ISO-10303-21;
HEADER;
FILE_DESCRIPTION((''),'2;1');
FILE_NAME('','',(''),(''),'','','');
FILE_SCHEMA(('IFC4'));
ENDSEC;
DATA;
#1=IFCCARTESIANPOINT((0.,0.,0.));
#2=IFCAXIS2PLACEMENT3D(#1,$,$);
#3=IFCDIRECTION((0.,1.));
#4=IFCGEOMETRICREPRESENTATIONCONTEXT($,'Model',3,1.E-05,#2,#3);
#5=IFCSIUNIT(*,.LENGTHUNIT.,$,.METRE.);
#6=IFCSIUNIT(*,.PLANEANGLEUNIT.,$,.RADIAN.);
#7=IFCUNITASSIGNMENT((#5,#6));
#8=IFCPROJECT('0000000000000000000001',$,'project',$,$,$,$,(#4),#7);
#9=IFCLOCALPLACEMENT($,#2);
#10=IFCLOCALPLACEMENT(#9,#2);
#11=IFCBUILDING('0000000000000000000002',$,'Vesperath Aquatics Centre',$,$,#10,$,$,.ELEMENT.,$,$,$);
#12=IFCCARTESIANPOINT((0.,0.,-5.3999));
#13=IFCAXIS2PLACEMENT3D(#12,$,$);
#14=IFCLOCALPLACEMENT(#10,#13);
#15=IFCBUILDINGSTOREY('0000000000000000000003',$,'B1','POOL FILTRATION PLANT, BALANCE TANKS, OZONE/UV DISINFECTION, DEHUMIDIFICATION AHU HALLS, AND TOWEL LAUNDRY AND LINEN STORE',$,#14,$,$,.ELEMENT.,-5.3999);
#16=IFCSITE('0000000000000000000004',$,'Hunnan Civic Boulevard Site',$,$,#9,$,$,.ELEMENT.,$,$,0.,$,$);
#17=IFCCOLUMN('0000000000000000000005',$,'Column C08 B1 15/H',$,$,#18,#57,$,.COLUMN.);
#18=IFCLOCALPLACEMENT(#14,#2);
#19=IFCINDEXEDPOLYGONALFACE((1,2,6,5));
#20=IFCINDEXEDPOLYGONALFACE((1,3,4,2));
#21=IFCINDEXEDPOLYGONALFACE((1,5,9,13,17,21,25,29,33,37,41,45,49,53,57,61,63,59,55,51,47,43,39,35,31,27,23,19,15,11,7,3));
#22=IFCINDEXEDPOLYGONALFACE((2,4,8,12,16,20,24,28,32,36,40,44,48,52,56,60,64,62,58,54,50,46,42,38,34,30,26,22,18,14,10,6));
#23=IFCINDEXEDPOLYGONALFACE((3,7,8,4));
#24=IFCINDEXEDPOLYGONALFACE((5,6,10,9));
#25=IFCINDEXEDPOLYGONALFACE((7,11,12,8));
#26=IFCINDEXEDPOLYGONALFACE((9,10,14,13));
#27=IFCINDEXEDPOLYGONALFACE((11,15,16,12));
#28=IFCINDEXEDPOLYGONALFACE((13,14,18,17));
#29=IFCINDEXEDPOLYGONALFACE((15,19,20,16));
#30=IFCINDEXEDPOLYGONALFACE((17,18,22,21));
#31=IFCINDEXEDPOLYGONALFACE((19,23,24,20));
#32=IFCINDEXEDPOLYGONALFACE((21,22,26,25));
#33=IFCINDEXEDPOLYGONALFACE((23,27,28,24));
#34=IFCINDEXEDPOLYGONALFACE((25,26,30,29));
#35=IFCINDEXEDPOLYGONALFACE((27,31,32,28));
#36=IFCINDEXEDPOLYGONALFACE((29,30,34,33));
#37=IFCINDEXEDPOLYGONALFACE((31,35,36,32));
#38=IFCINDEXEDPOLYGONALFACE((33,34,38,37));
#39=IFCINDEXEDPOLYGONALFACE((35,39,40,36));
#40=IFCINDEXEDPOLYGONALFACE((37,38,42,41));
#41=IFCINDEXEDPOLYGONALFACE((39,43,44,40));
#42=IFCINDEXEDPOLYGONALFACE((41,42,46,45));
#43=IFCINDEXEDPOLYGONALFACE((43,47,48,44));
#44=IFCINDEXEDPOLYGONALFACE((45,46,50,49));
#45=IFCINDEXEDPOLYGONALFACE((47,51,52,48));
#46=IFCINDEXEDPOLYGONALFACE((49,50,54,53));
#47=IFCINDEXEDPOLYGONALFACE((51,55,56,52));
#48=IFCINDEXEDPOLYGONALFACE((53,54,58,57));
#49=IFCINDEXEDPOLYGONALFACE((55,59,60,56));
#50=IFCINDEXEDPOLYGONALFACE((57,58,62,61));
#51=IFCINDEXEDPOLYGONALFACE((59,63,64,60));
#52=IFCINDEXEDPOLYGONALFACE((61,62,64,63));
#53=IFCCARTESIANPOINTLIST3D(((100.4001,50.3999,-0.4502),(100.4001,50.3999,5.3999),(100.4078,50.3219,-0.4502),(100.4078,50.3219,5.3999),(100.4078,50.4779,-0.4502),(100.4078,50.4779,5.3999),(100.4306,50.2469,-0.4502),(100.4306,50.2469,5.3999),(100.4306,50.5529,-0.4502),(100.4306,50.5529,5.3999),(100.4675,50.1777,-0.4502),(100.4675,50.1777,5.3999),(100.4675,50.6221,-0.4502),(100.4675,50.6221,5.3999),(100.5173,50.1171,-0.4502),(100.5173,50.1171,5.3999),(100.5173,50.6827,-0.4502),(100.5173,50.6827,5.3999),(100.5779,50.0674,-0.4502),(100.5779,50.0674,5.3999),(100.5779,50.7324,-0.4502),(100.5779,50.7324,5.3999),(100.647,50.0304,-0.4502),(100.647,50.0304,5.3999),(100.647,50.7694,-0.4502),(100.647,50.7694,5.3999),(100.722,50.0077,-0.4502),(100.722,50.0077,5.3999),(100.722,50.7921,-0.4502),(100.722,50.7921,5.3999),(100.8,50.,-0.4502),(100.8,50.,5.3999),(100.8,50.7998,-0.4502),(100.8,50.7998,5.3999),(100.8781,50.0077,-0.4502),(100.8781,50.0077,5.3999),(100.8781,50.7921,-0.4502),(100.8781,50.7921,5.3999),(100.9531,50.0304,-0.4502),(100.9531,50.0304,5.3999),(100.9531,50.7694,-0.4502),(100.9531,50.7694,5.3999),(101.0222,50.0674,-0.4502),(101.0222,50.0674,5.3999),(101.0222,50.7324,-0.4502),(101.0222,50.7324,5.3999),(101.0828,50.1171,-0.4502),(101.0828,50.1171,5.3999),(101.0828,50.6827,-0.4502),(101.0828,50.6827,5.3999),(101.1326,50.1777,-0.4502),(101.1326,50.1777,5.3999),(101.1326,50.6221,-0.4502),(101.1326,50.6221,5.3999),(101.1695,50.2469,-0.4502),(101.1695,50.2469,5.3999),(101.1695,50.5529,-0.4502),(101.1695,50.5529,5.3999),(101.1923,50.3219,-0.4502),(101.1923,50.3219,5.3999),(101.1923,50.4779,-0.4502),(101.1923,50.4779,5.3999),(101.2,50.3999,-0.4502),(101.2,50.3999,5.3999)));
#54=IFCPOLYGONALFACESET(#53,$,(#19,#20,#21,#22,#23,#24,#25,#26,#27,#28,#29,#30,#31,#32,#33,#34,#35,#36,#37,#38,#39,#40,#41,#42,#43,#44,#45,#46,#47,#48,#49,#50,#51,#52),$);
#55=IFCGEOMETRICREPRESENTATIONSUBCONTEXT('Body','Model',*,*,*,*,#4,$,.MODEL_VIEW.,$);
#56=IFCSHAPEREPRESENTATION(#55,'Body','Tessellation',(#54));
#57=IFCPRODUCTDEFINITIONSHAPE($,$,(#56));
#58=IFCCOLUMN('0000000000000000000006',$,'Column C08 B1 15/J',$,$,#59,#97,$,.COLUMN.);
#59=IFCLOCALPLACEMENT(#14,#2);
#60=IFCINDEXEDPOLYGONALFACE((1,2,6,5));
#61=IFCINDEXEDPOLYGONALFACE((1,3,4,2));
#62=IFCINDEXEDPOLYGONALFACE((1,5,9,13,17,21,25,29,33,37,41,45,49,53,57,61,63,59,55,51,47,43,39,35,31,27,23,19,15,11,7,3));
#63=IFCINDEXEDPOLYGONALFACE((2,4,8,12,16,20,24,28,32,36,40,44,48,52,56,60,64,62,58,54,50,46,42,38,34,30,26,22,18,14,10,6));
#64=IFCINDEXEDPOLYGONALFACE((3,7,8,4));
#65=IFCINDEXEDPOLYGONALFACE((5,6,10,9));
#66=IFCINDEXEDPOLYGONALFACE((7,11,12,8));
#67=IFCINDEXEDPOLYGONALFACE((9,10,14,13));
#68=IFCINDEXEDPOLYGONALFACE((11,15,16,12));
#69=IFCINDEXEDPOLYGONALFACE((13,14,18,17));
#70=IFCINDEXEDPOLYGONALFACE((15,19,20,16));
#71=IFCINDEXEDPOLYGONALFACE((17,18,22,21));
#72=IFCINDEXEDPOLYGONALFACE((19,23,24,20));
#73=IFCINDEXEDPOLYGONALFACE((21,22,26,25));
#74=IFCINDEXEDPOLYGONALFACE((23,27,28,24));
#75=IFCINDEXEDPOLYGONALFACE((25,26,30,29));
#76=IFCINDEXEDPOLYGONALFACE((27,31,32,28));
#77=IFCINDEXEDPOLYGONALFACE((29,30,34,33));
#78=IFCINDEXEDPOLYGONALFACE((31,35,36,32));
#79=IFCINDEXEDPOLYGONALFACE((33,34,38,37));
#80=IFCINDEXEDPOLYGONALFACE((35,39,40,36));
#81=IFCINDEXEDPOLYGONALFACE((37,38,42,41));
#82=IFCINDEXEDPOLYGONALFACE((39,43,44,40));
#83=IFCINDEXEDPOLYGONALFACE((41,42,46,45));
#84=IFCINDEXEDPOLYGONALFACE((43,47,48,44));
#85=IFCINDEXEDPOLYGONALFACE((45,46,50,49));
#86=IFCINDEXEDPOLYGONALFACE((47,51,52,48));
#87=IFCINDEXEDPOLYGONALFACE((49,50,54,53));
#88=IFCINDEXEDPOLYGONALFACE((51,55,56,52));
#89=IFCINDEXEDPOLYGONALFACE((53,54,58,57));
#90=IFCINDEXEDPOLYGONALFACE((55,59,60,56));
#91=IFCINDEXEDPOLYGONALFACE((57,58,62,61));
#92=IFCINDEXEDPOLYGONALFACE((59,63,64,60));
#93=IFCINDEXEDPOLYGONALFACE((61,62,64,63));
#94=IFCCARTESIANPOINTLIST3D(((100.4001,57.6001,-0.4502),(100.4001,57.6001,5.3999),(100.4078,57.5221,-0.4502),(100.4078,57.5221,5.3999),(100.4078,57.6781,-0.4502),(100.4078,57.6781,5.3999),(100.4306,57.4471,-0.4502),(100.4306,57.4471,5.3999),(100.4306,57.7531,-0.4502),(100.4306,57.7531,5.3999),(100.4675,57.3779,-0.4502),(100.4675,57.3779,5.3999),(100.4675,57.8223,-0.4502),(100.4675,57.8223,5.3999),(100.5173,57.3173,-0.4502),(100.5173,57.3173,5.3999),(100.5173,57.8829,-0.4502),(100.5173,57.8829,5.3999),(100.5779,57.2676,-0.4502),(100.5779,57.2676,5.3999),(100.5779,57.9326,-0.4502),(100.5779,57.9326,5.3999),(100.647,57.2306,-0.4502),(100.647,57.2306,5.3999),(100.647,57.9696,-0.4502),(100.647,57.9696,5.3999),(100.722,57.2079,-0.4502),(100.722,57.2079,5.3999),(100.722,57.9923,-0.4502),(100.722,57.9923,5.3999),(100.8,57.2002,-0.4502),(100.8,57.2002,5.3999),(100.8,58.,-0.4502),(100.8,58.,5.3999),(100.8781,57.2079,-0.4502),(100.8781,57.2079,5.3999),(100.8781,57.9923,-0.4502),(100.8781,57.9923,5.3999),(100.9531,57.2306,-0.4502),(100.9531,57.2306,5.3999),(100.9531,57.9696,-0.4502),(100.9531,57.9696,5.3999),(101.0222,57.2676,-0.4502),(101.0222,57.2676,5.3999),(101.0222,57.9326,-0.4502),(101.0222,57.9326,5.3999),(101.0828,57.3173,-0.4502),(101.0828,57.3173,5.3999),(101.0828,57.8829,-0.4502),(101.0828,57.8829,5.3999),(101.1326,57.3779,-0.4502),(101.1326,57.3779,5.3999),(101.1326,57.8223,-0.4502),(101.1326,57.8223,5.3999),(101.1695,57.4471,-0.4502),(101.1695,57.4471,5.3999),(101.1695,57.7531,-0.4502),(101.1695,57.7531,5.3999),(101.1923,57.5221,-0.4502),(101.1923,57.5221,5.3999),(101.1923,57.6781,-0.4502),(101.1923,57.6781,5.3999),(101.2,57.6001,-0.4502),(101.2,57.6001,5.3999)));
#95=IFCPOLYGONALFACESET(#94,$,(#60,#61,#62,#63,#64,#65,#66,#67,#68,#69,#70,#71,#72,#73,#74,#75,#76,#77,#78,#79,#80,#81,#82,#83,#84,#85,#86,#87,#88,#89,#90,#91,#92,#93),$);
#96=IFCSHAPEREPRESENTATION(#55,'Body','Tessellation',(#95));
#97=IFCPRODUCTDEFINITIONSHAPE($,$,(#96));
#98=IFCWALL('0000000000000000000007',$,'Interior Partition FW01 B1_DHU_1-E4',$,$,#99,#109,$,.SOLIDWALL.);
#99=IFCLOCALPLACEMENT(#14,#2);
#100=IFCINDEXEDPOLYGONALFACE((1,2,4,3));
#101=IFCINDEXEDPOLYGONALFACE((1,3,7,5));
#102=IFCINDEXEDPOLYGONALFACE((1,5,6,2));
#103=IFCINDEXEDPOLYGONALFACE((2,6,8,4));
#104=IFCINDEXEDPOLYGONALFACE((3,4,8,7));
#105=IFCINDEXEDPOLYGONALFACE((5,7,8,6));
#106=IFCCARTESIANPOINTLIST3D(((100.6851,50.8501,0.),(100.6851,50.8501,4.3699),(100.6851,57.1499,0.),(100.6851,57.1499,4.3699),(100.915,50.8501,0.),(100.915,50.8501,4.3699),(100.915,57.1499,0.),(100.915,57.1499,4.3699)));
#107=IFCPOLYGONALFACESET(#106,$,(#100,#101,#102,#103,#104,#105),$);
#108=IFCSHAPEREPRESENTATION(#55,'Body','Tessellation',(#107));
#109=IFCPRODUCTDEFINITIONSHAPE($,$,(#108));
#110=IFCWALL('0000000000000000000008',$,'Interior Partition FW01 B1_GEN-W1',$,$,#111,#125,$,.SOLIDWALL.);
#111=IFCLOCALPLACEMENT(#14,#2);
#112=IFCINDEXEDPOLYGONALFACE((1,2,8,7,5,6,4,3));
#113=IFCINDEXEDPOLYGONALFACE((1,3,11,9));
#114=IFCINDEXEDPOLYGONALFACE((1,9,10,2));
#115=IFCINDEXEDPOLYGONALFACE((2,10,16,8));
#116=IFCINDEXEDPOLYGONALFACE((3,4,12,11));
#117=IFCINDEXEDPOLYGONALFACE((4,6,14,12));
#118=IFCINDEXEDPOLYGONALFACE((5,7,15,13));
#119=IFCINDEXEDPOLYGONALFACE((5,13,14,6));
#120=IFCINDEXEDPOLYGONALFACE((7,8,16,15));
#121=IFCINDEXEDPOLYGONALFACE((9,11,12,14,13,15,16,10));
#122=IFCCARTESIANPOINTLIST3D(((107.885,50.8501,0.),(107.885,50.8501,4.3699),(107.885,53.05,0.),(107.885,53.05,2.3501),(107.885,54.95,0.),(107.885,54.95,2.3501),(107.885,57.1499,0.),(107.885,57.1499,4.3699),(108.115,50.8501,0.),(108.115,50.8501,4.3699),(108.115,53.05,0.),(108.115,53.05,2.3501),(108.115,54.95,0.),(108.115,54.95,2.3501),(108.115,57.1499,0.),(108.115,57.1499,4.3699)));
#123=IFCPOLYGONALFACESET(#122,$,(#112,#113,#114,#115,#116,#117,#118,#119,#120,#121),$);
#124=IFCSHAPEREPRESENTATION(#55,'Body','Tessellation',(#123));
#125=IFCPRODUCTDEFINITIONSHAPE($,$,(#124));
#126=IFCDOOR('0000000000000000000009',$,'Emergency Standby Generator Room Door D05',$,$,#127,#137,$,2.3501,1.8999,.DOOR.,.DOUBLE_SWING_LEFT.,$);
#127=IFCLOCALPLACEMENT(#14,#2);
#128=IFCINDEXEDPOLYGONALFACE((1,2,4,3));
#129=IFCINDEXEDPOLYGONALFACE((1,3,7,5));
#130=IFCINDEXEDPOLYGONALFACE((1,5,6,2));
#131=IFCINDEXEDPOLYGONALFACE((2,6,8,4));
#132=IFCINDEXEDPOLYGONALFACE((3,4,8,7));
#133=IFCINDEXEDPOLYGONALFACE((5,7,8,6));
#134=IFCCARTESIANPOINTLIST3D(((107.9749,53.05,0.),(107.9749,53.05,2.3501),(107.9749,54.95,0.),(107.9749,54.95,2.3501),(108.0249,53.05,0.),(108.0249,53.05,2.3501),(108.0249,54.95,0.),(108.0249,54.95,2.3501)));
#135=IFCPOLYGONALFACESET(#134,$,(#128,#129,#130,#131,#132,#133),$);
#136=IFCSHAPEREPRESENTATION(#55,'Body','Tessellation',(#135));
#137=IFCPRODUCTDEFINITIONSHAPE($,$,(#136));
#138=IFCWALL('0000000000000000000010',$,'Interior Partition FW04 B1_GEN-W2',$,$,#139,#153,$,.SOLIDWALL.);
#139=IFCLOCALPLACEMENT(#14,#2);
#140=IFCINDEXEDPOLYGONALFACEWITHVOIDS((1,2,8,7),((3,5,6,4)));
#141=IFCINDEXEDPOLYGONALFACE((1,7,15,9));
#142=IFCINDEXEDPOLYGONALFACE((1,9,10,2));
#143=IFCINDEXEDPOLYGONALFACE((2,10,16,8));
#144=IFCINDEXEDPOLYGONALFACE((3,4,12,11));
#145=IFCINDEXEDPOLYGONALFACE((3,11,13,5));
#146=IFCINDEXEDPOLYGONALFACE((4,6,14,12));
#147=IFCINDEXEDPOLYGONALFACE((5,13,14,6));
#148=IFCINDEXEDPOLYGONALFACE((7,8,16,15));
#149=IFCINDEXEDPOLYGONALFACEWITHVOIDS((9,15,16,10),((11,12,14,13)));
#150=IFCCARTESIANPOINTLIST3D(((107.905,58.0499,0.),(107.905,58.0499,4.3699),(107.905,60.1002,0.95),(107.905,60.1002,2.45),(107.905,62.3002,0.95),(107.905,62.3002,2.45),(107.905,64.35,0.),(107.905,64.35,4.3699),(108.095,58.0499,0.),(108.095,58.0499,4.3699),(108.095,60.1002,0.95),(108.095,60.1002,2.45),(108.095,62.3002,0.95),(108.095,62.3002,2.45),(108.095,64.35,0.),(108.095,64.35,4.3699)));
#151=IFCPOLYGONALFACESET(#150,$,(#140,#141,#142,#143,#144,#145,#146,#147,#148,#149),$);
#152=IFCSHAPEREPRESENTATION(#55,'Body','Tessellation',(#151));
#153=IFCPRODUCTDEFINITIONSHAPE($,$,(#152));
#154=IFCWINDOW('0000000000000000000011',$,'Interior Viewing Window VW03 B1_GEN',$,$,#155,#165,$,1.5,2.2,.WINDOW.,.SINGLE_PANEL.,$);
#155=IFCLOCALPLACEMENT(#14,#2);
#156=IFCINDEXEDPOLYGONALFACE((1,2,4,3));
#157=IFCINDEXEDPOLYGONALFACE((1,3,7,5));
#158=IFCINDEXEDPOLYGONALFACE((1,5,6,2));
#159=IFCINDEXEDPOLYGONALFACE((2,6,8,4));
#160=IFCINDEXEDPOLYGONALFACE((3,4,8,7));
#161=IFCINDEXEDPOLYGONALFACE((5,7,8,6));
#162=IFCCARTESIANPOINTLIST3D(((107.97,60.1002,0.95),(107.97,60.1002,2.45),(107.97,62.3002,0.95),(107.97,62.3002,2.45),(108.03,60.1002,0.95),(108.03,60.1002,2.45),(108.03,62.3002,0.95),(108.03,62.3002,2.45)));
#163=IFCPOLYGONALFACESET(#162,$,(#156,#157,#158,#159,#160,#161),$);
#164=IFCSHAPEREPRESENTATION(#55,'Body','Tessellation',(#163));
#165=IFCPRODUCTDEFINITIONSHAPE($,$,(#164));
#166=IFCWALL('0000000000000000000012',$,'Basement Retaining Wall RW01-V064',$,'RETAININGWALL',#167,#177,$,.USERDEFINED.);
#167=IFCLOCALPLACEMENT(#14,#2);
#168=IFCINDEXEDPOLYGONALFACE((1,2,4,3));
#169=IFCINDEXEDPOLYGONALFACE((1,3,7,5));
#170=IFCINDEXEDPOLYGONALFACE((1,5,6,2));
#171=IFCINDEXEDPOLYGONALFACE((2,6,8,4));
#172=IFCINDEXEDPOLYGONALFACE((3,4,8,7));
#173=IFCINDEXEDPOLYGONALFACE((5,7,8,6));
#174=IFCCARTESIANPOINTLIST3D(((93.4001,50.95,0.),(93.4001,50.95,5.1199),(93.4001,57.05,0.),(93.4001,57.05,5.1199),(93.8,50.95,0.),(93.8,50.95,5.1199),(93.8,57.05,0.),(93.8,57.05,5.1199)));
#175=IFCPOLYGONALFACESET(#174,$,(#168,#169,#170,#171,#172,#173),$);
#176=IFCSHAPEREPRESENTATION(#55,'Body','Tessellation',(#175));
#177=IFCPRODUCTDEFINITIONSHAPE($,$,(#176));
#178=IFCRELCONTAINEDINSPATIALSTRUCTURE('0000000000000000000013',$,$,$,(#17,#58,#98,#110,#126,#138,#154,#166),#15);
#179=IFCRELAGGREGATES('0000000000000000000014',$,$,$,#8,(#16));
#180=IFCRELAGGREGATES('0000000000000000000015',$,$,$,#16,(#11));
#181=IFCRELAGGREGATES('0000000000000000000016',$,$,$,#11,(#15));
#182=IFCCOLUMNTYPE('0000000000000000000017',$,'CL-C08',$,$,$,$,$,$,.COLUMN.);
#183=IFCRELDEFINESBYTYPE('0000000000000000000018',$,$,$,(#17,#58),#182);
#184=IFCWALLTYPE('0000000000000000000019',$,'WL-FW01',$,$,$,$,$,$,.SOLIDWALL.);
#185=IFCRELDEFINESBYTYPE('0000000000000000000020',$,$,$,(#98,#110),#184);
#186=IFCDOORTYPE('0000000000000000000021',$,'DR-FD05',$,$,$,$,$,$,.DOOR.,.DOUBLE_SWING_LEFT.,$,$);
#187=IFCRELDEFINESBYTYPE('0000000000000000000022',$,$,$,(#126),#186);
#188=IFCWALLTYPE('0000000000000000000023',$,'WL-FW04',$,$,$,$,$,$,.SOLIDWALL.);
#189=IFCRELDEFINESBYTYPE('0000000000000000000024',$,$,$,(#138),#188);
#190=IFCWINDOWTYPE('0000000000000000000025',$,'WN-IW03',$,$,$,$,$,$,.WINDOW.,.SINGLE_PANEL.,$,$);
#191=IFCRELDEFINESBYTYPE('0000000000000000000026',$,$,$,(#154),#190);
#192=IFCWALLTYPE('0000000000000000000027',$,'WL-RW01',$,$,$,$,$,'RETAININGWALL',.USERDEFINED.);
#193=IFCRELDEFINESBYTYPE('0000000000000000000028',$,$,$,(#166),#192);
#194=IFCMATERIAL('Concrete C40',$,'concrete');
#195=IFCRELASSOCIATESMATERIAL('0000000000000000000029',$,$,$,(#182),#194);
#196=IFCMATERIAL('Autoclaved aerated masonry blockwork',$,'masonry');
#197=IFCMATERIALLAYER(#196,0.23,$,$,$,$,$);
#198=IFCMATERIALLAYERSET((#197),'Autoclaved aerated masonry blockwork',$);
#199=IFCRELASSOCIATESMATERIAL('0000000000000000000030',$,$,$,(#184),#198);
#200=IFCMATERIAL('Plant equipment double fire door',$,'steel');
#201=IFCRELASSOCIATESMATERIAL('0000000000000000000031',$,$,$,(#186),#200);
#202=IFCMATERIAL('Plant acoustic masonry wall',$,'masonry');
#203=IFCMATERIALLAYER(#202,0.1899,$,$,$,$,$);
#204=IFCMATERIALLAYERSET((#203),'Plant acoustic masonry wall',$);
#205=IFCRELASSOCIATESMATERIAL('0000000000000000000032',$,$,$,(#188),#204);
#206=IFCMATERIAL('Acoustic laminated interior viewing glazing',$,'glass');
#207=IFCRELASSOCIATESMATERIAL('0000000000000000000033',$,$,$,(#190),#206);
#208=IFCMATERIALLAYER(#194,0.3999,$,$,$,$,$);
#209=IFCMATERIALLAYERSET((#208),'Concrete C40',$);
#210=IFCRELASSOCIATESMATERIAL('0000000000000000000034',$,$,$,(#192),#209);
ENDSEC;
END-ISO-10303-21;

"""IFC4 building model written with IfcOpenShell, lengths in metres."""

from ifc_helpers import new_model, si_unit, direction, frame, frame_2d, origin, origin_2d, place, context, subcontext, project, spatial, rectangle, circle, extrude, material, layer, layer_set, material_profile, profile_set, type_object, element, fill, save


model = new_model("IFC4")

# Units and contexts
model_context = context("Model", 3, precision=1e-05, world=origin(), true_north=direction((0.0, 1.0)))
body_context = subcontext(model_context, "Body", "Model", "MODEL_VIEW")
ifc_project = project(units=[si_unit("LENGTHUNIT", "METRE"), si_unit("PLANEANGLEUNIT", "RADIAN")], contexts=[model_context])

# Site, building, storey
site_placement = place(None, origin())
site = spatial("IfcSite", under=ifc_project, at=site_placement, Name="Hunnan Civic Boulevard Site", CompositionType="ELEMENT", RefElevation=0.0)
building_placement = place(site_placement, origin())
building = spatial("IfcBuilding", under=site, at=building_placement, Name="Vesperath Aquatics Centre", CompositionType="ELEMENT")
storey_placement = place(building_placement, frame((0.0, 0.0, -5.3999)))
storey = spatial("IfcBuildingStorey", under=building, at=storey_placement, Name="B1", Description="POOL FILTRATION PLANT, BALANCE TANKS, OZONE/UV DISINFECTION, DEHUMIDIFICATION AHU HALLS, AND TOWEL LAUNDRY AND LINEN STORE", CompositionType="ELEMENT", Elevation=-5.3999)

# Shared definitions
ifc_material_1 = material(Name="Concrete C40", Category="concrete")

# Columns
ifc_material_profile_1 = material_profile(ifc_material_1, circle(Radius=0.3999, at=origin_2d()), Name="RC D800")
ifc_profile_set_1 = profile_set([ifc_material_profile_1], Name="Concrete C40")
column_type_1 = type_object("IfcColumnType", Name="CL-C08", PredefinedType="COLUMN", material=ifc_profile_set_1)
for number, where, z_axis, x_axis, name in (
    (1, (100.8, 50.3999, -0.4502), (0.0, 0.0, 1.0), (1.0, 0.0, 0.0), "Column C08 B1 15/H"),
    (2, (100.8, 57.6001, -0.4502), (0.0, 0.0, 1.0), (1.0, 0.0, 0.0), "Column C08 B1 15/J"),
):
    element("IfcColumn", number, at=place(storey_placement, frame(where, z_axis=z_axis, x_axis=x_axis)), inside=storey, type_object=column_type_1, Name=name, PredefinedType="COLUMN", context=body_context, shape_type="SweptSolid", body=[
        extrude(circle(Radius=0.3999, at=origin_2d()), origin(), (0.0, 0.0, 1.0), 5.8501),
    ])

# Wall
ifc_material_2 = material(Name="Autoclaved aerated masonry blockwork", Category="masonry")
ifc_layer_1 = layer(ifc_material_2, 0.23)
ifc_layer_set_1 = layer_set([ifc_layer_1], Name="Autoclaved aerated masonry blockwork")
wall_type_1 = type_object("IfcWallType", Name="WL-FW01", PredefinedType="SOLIDWALL", material=ifc_layer_set_1)
wall_1_placement = place(storey_placement, frame((100.8, 50.8501, 0.0), z_axis=(0.0, 0.0, 1.0), x_axis=(0.0, 1.0, 0.0)))
element("IfcWall", 3, at=wall_1_placement, inside=storey, type_object=wall_type_1, Name="Interior Partition FW01 B1_DHU_1-E4", PredefinedType="SOLIDWALL", context=body_context, shape_type="SweptSolid", body=[
    extrude(rectangle(XDim=6.2998, YDim=0.23, at=frame_2d((3.1499, 0.0))), origin(), (0.0, 0.0, 1.0), 4.3699),
])

# Wall, opening, door
wall_2_placement = place(storey_placement, frame((108.0, 50.8501, 0.0), z_axis=(0.0, 0.0, 1.0), x_axis=(0.0, 1.0, 0.0)))
wall_2 = element("IfcWall", 4, at=wall_2_placement, inside=storey, type_object=wall_type_1, Name="Interior Partition FW01 B1_GEN-W1", PredefinedType="SOLIDWALL", context=body_context, shape_type="SweptSolid", body=[
    extrude(rectangle(XDim=6.2998, YDim=0.23, at=frame_2d((3.1499, 0.0))), origin(), (0.0, 0.0, 1.0), 4.3699),
])
opening_1_placement = place(wall_2_placement, frame((2.2, 0.0, 0.0)))
opening_1 = element("IfcOpeningElement", 5, at=opening_1_placement, cuts=wall_2, PredefinedType="OPENING", context=body_context, shape_type="SweptSolid", body=[
    extrude(rectangle(XDim=1.8999, YDim=2.3501, at=frame_2d((0.95, 1.175))), frame((0.0, 0.1299, 0.0), z_axis=(0.0, -1.0, 0.0), x_axis=(1.0, 0.0, 0.0)), (0.0, 0.0, 1.0), 0.2598),
])
ifc_material_3 = material(Name="Plant equipment double fire door", Category="steel")
door_type_1 = type_object("IfcDoorType", Name="DR-FD05", OperationType="DOUBLE_SWING_LEFT", PredefinedType="DOOR", material=ifc_material_3)
door_1_placement = place(opening_1_placement, frame((1.8999, 0.0, 0.0), z_axis=(0.0, 0.0, 1.0), x_axis=(-1.0, 0.0, 0.0)))
door_1 = element("IfcDoor", 6, at=door_1_placement, inside=storey, type_object=door_type_1, Name="Emergency Standby Generator Room Door D05", OperationType="DOUBLE_SWING_LEFT", OverallHeight=2.3501, OverallWidth=1.8999, PredefinedType="DOOR", context=body_context, shape_type="SweptSolid", body=[
    extrude(rectangle(XDim=1.8999, YDim=2.3501, at=frame_2d((0.95, 1.175))), frame((0.0, 0.0249, 0.0), z_axis=(0.0, -1.0, 0.0), x_axis=(1.0, 0.0, 0.0)), (0.0, 0.0, 1.0), 0.05),
])
fill(opening_1, door_1)

# Wall, opening, window
ifc_material_4 = material(Name="Plant acoustic masonry wall", Category="masonry")
ifc_layer_2 = layer(ifc_material_4, 0.1899)
ifc_layer_set_2 = layer_set([ifc_layer_2], Name="Plant acoustic masonry wall")
wall_type_2 = type_object("IfcWallType", Name="WL-FW04", PredefinedType="SOLIDWALL", material=ifc_layer_set_2)
wall_3_placement = place(storey_placement, frame((108.0, 58.05, 0.0), z_axis=(0.0, 0.0, 1.0), x_axis=(0.0, 1.0, 0.0)))
wall_3 = element("IfcWall", 7, at=wall_3_placement, inside=storey, type_object=wall_type_2, Name="Interior Partition FW04 B1_GEN-W2", PredefinedType="SOLIDWALL", context=body_context, shape_type="SweptSolid", body=[
    extrude(rectangle(XDim=6.3, YDim=0.1899, at=frame_2d((3.1499, 0.0))), origin(), (0.0, 0.0, 1.0), 4.3699),
])
opening_2_placement = place(wall_3_placement, frame((2.05, 0.0, 0.95)))
opening_2 = element("IfcOpeningElement", 8, at=opening_2_placement, cuts=wall_3, PredefinedType="OPENING", context=body_context, shape_type="SweptSolid", body=[
    extrude(rectangle(XDim=2.2, YDim=1.5, at=frame_2d((1.1001, 0.75))), frame((0.0, 0.1099, 0.0), z_axis=(0.0, -1.0, 0.0), x_axis=(1.0, 0.0, 0.0)), (0.0, 0.0, 1.0), 0.2197),
])
ifc_material_5 = material(Name="Acoustic laminated interior viewing glazing", Category="glass")
window_type = type_object("IfcWindowType", Name="WN-IW03", PartitioningType="SINGLE_PANEL", PredefinedType="WINDOW", material=ifc_material_5)
window_placement = place(opening_2_placement, origin())
window = element("IfcWindow", 9, at=window_placement, inside=storey, type_object=window_type, Name="Interior Viewing Window VW03 B1_GEN", OverallHeight=1.5, OverallWidth=2.2, PartitioningType="SINGLE_PANEL", PredefinedType="WINDOW", context=body_context, shape_type="SweptSolid", body=[
    extrude(rectangle(XDim=2.2, YDim=1.5, at=frame_2d((1.1001, 0.75))), frame((0.0, 0.03, 0.0), z_axis=(0.0, -1.0, 0.0), x_axis=(1.0, 0.0, 0.0)), (0.0, 0.0, 1.0), 0.0601),
])
fill(opening_2, window)

# Wall
ifc_layer_3 = layer(ifc_material_1, 0.3999)
ifc_layer_set_3 = layer_set([ifc_layer_3], Name="Concrete C40")
wall_type_3 = type_object("IfcWallType", Name="WL-RW01", ElementType="RETAININGWALL", PredefinedType="USERDEFINED", material=ifc_layer_set_3)
wall_4_placement = place(storey_placement, frame((93.6001, 50.95, 0.0), z_axis=(0.0, 0.0, 1.0), x_axis=(0.0, 1.0, 0.0)))
element("IfcWall", 10, at=wall_4_placement, inside=storey, type_object=wall_type_3, Name="Basement Retaining Wall RW01-V064", ObjectType="RETAININGWALL", PredefinedType="USERDEFINED", context=body_context, shape_type="SweptSolid", body=[
    extrude(rectangle(XDim=6.1001, YDim=0.3999, at=frame_2d((3.05, 0.0))), origin(), (0.0, 0.0, 1.0), 5.1199),
])

save(model, "model.ifc")
